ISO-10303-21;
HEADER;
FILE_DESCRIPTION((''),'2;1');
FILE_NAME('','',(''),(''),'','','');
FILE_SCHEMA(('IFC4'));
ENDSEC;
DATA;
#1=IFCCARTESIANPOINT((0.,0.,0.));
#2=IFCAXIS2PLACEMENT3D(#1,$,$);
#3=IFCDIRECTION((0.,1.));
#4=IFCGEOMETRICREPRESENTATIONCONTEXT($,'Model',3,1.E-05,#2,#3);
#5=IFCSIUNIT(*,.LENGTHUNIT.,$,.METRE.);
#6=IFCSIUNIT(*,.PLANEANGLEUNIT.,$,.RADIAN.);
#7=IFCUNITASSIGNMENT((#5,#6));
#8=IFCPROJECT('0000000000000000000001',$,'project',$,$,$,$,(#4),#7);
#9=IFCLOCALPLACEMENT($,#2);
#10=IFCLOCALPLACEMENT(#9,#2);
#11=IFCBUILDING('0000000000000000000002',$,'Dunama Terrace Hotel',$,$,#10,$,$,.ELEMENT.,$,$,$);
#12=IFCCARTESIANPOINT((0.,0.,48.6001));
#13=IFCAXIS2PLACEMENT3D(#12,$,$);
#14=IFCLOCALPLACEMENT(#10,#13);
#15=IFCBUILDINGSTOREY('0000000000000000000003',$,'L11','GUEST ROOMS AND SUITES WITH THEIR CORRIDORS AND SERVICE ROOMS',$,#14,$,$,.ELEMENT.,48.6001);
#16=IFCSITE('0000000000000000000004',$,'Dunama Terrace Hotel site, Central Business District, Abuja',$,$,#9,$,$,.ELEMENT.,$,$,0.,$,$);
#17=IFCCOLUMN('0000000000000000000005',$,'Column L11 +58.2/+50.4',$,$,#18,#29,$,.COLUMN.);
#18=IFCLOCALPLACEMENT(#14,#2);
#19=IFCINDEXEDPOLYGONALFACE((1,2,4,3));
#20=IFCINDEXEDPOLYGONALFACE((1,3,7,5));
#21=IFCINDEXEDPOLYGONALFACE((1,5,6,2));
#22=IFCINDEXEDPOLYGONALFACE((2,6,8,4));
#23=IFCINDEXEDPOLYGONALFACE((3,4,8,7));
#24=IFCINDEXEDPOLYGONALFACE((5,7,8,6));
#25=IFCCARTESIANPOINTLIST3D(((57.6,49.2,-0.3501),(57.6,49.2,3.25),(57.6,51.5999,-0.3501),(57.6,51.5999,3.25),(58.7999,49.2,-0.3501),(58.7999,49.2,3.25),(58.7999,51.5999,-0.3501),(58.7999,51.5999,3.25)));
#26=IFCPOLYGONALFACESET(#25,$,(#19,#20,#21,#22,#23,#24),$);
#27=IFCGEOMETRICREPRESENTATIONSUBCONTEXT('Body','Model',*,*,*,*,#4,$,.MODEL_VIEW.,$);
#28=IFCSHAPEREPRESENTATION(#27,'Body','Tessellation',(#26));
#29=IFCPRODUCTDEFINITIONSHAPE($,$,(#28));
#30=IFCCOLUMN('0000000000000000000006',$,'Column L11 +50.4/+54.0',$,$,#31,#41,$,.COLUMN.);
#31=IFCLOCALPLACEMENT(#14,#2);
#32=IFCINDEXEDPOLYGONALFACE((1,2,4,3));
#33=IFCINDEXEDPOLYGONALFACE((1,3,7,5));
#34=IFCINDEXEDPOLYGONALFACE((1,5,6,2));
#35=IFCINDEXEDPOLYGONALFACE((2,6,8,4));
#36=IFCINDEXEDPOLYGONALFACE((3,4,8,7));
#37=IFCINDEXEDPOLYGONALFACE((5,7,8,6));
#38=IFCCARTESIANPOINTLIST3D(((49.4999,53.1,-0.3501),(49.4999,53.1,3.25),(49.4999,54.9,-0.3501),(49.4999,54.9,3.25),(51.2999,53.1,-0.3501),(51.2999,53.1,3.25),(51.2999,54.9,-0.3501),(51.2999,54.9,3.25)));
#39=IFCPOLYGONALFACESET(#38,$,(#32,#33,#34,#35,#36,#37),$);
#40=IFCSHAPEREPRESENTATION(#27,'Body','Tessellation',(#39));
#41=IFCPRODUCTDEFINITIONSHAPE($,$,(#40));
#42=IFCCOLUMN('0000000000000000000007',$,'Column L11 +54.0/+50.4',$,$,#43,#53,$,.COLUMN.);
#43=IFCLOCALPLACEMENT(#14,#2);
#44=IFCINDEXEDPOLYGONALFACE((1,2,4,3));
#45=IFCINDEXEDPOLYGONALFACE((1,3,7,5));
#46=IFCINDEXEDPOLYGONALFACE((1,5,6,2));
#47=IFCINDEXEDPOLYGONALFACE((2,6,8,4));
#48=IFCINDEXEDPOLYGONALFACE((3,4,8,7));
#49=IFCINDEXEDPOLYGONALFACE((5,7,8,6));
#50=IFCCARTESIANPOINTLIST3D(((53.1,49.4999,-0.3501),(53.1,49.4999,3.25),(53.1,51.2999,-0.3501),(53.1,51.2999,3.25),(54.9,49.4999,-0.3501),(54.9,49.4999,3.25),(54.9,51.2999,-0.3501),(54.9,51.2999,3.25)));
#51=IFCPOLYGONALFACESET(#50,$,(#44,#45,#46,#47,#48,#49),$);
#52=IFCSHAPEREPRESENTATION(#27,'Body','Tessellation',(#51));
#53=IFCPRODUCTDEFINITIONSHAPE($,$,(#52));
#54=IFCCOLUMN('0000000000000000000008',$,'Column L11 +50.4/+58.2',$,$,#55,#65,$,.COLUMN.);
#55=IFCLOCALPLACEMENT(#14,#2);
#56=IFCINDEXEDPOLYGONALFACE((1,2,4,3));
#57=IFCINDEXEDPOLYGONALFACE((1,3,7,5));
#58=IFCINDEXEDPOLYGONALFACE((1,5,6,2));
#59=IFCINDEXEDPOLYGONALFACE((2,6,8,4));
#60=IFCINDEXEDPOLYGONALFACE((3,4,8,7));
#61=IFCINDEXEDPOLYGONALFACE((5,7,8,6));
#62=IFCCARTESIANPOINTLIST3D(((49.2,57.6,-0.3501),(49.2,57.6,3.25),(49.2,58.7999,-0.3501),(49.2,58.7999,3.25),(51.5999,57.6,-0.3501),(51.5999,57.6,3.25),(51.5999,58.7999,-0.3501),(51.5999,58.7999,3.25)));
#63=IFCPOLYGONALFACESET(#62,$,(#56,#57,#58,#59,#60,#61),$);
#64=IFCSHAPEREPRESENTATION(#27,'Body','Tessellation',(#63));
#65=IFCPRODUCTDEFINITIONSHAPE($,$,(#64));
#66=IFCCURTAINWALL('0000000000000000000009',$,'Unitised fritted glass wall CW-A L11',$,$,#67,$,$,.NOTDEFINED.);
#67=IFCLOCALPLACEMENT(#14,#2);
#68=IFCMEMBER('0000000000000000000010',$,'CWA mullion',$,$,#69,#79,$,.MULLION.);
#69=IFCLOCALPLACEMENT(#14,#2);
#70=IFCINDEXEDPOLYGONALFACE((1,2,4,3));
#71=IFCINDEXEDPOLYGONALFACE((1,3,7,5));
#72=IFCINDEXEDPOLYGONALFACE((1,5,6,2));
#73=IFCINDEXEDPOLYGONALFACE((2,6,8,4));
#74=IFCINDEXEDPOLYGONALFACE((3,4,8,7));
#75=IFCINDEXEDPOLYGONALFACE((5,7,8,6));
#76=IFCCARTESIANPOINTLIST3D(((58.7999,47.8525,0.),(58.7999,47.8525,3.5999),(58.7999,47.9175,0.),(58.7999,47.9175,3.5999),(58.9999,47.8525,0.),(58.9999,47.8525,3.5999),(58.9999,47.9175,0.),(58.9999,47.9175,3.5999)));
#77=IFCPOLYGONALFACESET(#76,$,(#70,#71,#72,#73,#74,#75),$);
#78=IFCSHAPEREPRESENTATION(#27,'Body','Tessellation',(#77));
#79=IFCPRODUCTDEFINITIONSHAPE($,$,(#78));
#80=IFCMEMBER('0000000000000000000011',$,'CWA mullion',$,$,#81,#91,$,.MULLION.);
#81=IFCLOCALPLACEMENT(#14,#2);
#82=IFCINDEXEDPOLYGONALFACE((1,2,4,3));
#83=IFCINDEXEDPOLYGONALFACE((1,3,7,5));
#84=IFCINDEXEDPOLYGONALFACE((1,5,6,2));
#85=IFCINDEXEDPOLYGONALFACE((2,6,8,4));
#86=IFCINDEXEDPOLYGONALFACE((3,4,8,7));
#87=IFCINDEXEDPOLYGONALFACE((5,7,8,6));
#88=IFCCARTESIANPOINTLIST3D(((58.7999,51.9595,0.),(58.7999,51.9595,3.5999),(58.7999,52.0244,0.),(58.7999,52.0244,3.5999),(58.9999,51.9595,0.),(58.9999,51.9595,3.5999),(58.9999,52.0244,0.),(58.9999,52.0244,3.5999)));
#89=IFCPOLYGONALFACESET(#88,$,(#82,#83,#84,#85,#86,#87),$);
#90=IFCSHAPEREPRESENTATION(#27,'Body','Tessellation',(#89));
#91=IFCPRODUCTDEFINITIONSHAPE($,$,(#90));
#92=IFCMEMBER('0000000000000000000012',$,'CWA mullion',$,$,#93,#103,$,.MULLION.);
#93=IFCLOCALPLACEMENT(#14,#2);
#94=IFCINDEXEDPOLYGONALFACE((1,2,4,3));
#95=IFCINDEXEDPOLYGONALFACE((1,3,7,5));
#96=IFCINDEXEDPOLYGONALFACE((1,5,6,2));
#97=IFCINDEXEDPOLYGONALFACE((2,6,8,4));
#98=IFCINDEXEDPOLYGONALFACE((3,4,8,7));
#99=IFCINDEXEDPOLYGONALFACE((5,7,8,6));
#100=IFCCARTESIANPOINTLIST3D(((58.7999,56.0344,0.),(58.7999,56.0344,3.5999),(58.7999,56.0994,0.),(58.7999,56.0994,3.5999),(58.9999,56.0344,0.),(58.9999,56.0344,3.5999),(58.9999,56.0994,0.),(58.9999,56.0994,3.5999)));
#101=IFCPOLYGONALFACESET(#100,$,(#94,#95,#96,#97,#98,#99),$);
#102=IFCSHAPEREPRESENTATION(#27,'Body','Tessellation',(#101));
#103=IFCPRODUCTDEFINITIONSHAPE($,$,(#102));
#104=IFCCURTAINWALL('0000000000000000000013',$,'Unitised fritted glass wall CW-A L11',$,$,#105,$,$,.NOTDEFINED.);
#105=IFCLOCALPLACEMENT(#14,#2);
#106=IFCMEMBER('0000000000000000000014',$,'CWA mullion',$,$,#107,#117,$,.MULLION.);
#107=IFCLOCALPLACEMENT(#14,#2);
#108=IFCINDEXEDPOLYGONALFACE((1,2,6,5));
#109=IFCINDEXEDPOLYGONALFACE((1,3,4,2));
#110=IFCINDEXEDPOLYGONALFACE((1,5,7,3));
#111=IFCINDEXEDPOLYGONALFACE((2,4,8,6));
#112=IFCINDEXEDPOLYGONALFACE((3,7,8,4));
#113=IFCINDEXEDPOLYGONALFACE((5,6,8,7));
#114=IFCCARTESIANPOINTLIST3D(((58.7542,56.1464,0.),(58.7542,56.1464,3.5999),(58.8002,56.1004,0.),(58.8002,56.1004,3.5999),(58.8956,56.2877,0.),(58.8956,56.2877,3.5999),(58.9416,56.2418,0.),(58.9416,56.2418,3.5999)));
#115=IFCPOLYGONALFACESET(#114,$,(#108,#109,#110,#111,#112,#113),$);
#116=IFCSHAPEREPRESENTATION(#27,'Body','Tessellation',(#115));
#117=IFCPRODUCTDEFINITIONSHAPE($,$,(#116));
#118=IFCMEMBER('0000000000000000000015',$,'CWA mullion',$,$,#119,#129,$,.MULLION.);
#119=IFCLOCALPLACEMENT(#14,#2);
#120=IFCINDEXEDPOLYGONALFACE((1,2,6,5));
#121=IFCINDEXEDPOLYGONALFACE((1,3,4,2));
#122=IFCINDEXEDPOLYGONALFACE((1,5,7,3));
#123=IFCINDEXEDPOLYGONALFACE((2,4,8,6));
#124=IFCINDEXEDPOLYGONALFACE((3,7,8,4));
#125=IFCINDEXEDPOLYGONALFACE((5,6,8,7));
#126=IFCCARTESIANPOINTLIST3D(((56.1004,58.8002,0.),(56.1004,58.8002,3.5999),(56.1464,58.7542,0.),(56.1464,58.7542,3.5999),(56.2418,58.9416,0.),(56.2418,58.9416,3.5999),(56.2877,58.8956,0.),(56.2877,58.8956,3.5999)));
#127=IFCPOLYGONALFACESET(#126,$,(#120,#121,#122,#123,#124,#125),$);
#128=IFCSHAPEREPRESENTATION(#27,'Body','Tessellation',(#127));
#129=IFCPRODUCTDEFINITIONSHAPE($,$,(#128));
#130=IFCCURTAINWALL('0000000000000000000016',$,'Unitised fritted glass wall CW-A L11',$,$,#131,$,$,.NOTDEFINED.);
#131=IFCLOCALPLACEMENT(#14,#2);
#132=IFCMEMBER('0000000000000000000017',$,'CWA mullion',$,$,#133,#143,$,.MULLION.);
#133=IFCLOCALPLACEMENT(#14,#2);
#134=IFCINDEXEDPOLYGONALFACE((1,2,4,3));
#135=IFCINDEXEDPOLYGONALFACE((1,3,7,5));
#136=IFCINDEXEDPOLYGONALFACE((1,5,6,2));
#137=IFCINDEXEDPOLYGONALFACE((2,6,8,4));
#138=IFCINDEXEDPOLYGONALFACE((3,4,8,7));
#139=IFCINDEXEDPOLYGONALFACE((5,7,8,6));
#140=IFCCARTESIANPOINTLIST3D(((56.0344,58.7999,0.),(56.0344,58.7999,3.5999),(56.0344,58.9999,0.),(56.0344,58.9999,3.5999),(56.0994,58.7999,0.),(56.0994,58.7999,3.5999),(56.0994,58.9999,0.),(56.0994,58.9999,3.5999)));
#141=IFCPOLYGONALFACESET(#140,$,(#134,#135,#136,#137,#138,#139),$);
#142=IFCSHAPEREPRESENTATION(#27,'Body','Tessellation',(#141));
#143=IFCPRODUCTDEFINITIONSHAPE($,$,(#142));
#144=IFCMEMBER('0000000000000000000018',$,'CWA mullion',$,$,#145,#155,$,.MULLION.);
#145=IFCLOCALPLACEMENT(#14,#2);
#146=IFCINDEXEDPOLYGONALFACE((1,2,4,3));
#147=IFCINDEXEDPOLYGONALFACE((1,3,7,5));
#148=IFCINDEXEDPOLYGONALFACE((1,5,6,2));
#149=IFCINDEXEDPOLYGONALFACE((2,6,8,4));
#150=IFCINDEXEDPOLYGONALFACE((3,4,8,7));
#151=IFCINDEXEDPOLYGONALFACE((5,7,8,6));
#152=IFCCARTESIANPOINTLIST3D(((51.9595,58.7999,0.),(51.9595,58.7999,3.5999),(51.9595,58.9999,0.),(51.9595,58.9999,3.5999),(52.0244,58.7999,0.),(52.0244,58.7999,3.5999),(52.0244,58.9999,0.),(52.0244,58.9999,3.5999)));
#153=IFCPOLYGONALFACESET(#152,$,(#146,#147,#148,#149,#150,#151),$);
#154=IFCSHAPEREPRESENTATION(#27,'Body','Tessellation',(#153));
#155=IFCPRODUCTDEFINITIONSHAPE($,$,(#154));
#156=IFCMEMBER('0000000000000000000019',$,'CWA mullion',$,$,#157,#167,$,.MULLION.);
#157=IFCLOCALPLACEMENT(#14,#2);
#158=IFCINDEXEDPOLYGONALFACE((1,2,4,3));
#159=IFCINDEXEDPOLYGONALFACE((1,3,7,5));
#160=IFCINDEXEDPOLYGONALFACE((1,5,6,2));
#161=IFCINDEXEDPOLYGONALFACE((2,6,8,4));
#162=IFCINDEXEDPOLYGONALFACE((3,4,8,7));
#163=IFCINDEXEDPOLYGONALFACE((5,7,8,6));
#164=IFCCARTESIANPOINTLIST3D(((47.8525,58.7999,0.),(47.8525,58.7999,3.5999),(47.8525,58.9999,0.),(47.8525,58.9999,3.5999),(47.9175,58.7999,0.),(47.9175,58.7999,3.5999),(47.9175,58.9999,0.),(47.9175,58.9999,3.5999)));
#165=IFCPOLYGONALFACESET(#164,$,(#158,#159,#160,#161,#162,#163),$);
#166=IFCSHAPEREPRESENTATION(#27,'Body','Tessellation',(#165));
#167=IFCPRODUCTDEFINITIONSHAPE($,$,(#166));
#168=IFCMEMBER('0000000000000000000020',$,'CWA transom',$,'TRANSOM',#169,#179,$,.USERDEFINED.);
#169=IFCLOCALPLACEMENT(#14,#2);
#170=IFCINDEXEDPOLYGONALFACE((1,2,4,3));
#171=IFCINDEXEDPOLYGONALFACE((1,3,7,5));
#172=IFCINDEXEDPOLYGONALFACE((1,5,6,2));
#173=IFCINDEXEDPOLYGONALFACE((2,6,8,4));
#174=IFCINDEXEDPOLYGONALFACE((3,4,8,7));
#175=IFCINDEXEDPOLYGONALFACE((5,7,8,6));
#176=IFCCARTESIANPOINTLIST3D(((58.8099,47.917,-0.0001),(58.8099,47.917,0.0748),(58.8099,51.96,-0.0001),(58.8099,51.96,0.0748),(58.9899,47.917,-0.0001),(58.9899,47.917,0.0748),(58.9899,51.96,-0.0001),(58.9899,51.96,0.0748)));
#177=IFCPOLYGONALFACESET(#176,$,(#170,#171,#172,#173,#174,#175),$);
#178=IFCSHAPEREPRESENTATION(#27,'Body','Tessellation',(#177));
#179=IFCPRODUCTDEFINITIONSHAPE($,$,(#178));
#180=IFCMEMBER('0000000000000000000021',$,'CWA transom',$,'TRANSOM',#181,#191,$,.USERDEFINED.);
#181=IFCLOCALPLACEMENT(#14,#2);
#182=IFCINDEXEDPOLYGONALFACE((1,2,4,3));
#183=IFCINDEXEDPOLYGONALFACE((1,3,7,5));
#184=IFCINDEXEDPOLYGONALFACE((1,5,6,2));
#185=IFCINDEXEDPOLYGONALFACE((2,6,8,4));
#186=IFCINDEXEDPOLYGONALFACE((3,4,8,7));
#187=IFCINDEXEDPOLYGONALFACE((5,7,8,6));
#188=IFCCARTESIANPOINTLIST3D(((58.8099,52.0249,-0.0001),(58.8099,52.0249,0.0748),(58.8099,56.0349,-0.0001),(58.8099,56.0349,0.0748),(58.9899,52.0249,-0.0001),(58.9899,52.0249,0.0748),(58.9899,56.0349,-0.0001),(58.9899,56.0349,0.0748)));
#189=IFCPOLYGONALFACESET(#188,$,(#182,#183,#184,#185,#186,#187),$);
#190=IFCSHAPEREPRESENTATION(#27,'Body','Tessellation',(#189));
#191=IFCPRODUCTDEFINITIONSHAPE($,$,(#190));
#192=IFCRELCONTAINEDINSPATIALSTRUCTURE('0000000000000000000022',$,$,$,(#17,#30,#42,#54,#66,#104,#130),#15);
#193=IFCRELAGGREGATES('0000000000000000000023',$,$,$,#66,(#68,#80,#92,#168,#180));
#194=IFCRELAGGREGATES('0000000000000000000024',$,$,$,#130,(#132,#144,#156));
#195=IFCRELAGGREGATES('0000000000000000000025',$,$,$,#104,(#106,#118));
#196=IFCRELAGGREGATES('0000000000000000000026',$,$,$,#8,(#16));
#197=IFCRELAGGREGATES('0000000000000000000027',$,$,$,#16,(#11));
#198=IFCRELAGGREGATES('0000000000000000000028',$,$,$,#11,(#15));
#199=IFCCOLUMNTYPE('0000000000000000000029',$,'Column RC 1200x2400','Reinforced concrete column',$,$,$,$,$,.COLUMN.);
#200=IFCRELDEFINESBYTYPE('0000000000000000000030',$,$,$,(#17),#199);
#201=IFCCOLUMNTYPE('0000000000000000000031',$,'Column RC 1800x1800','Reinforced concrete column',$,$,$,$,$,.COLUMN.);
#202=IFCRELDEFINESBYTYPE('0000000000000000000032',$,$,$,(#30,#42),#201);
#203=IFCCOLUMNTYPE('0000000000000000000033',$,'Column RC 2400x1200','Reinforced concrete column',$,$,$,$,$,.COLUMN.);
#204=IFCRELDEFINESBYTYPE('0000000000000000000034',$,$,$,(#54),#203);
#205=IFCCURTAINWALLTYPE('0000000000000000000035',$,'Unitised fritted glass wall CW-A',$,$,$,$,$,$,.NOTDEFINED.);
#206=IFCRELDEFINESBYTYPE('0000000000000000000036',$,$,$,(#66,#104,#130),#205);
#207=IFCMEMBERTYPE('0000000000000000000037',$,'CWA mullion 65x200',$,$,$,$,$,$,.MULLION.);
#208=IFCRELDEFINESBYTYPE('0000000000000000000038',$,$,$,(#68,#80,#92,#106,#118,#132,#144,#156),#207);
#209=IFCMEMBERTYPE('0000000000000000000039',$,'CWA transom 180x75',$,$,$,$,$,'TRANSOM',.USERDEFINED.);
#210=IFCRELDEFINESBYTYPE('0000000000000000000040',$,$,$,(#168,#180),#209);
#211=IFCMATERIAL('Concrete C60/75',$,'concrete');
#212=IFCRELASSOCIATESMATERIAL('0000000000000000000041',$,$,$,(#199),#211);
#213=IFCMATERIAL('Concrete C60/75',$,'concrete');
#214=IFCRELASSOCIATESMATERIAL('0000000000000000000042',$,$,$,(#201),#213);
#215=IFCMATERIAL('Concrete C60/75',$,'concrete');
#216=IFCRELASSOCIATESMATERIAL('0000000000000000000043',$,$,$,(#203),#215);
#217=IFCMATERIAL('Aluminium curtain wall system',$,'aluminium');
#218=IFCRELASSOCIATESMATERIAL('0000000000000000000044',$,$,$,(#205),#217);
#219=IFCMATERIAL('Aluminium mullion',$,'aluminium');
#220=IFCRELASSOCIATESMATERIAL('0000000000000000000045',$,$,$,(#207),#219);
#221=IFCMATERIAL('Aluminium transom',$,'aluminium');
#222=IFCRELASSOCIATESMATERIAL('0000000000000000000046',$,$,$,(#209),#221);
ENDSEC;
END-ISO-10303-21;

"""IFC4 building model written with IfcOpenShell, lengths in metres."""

from ifc_helpers import new_model, si_unit, direction, frame, origin, origin_2d, place, context, subcontext, project, spatial, rectangle, extrude, material, material_profile, profile_set, type_object, element, aggregate, save


model = new_model("IFC4")

# Units and contexts
model_context = context("Model", 3, precision=1e-05, world=origin(), true_north=direction((0.0, 1.0)))
body_context = subcontext(model_context, "Body", "Model", "MODEL_VIEW")
ifc_project = project(units=[si_unit("LENGTHUNIT", "METRE"), si_unit("PLANEANGLEUNIT", "RADIAN")], contexts=[model_context])

# Site, building, storey
site_placement = place(None, origin())
site = spatial("IfcSite", under=ifc_project, at=site_placement, Name="Dunama Terrace Hotel site, Central Business District, Abuja", CompositionType="ELEMENT", RefElevation=0.0)
building_placement = place(site_placement, origin())
building = spatial("IfcBuilding", under=site, at=building_placement, Name="Dunama Terrace Hotel", CompositionType="ELEMENT")
storey_placement = place(building_placement, frame((0.0, 0.0, 48.6001)))
storey = spatial("IfcBuildingStorey", under=building, at=storey_placement, Name="L11", Description="GUEST ROOMS AND SUITES WITH THEIR CORRIDORS AND SERVICE ROOMS", CompositionType="ELEMENT", Elevation=48.6001)

# Columns
ifc_material_1 = material(Name="Concrete C60/75", Category="concrete")
ifc_material_profile_1 = material_profile(ifc_material_1, rectangle(XDim=1.2, YDim=2.3999, at=origin_2d()), Name="RC 1200x2400")
ifc_profile_set_1 = profile_set([ifc_material_profile_1], Name="Concrete C60/75")
column_type_1 = type_object("IfcColumnType", Name="Column RC 1200x2400", Description="Reinforced concrete column", PredefinedType="COLUMN", material=ifc_profile_set_1)
column_1_placement = place(storey_placement, frame((58.2, 50.3999, -0.3501), z_axis=(0.0, 0.0, 1.0), x_axis=(1.0, 0.0, 0.0)))
element("IfcColumn", 1, at=column_1_placement, inside=storey, type_object=column_type_1, Name="Column L11 +58.2/+50.4", PredefinedType="COLUMN", context=body_context, shape_type="SweptSolid", body=[
    extrude(rectangle(XDim=1.2, YDim=2.3999, at=origin_2d()), origin(), (0.0, 0.0, 1.0), 3.6001),
])
ifc_material_2 = material(Name="Concrete C60/75", Category="concrete")
ifc_material_profile_2 = material_profile(ifc_material_2, rectangle(XDim=1.8, YDim=1.8, at=origin_2d()), Name="RC 1800x1800")
ifc_profile_set_2 = profile_set([ifc_material_profile_2], Name="Concrete C60/75")
column_type_2 = type_object("IfcColumnType", Name="Column RC 1800x1800", Description="Reinforced concrete column", PredefinedType="COLUMN", material=ifc_profile_set_2)
for number, where, z_axis, x_axis, name in (
    (2, (50.3999, 54.0, -0.3501), (0.0, 0.0, 1.0), (1.0, 0.0, 0.0), "Column L11 +50.4/+54.0"),
    (3, (54.0, 50.3999, -0.3501), (0.0, 0.0, 1.0), (1.0, 0.0, 0.0), "Column L11 +54.0/+50.4"),
):
    element("IfcColumn", number, at=place(storey_placement, frame(where, z_axis=z_axis, x_axis=x_axis)), inside=storey, type_object=column_type_2, Name=name, PredefinedType="COLUMN", context=body_context, shape_type="SweptSolid", body=[
        extrude(rectangle(XDim=1.8, YDim=1.8, at=origin_2d()), origin(), (0.0, 0.0, 1.0), 3.6001),
    ])
ifc_material_3 = material(Name="Concrete C60/75", Category="concrete")
ifc_material_profile_3 = material_profile(ifc_material_3, rectangle(XDim=2.3999, YDim=1.2, at=origin_2d()), Name="RC 2400x1200")
ifc_profile_set_3 = profile_set([ifc_material_profile_3], Name="Concrete C60/75")
column_type_3 = type_object("IfcColumnType", Name="Column RC 2400x1200", Description="Reinforced concrete column", PredefinedType="COLUMN", material=ifc_profile_set_3)
column_2_placement = place(storey_placement, frame((50.3999, 58.2, -0.3501), z_axis=(0.0, 0.0, 1.0), x_axis=(1.0, 0.0, 0.0)))
element("IfcColumn", 4, at=column_2_placement, inside=storey, type_object=column_type_3, Name="Column L11 +50.4/+58.2", PredefinedType="COLUMN", context=body_context, shape_type="SweptSolid", body=[
    extrude(rectangle(XDim=2.3999, YDim=1.2, at=origin_2d()), origin(), (0.0, 0.0, 1.0), 3.6001),
])

# Curtain walls, members
ifc_material_4 = material(Name="Aluminium curtain wall system", Category="aluminium")
curtain_wall_type = type_object("IfcCurtainWallType", Name="Unitised fritted glass wall CW-A", PredefinedType="NOTDEFINED", material=ifc_material_4)
curtain_wall_1_placement = place(storey_placement, origin())
curtain_wall_1 = element("IfcCurtainWall", 5, at=curtain_wall_1_placement, inside=storey, type_object=curtain_wall_type, Name="Unitised fritted glass wall CW-A L11", PredefinedType="NOTDEFINED")
ifc_material_5 = material(Name="Aluminium mullion", Category="aluminium")
ifc_material_profile_4 = material_profile(ifc_material_5, rectangle(XDim=0.0649, YDim=0.2, at=origin_2d()), Name="CWA MULLION 65X200")
ifc_profile_set_4 = profile_set([ifc_material_profile_4], Name="Aluminium mullion")
member_type_1 = type_object("IfcMemberType", Name="CWA mullion 65x200", PredefinedType="MULLION", material=ifc_profile_set_4)
member_1_placement = place(storey_placement, frame((58.8999, 47.885, 0.0), z_axis=(0.0, 0.0, 1.0), x_axis=(0.0, 1.0, 0.0)))
member_1 = element("IfcMember", 6, at=member_1_placement, type_object=member_type_1, Name="CWA mullion", PredefinedType="MULLION", context=body_context, shape_type="SweptSolid", body=[
    extrude(rectangle(XDim=0.0649, YDim=0.2, at=origin_2d()), origin(), (0.0, 0.0, 1.0), 3.5999),
])
member_2_placement = place(storey_placement, frame((58.8999, 51.9919, 0.0), z_axis=(0.0, 0.0, 1.0), x_axis=(0.0, 1.0, 0.0)))
member_2 = element("IfcMember", 7, at=member_2_placement, type_object=member_type_1, Name="CWA mullion", PredefinedType="MULLION", context=body_context, shape_type="SweptSolid", body=[
    extrude(rectangle(XDim=0.0649, YDim=0.2, at=origin_2d()), origin(), (0.0, 0.0, 1.0), 3.5999),
])
member_3_placement = place(storey_placement, frame((58.8999, 56.0669, 0.0), z_axis=(0.0, 0.0, 1.0), x_axis=(0.0, 1.0, 0.0)))
member_3 = element("IfcMember", 8, at=member_3_placement, type_object=member_type_1, Name="CWA mullion", PredefinedType="MULLION", context=body_context, shape_type="SweptSolid", body=[
    extrude(rectangle(XDim=0.0649, YDim=0.2, at=origin_2d()), origin(), (0.0, 0.0, 1.0), 3.5999),
])
curtain_wall_2_placement = place(storey_placement, origin())
curtain_wall_2 = element("IfcCurtainWall", 9, at=curtain_wall_2_placement, inside=storey, type_object=curtain_wall_type, Name="Unitised fritted glass wall CW-A L11", PredefinedType="NOTDEFINED")
member_4_placement = place(storey_placement, frame((58.8479, 56.1941, 0.0), z_axis=(0.0, 0.0, 1.0), x_axis=(-0.707107, 0.707107, 0.0)))
member_4 = element("IfcMember", 10, at=member_4_placement, type_object=member_type_1, Name="CWA mullion", PredefinedType="MULLION", context=body_context, shape_type="SweptSolid", body=[
    extrude(rectangle(XDim=0.0649, YDim=0.2, at=origin_2d()), origin(), (0.0, 0.0, 1.0), 3.5999),
])
member_5_placement = place(storey_placement, frame((56.1941, 58.8479, 0.0), z_axis=(0.0, 0.0, 1.0), x_axis=(-0.707107, 0.707107, 0.0)))
member_5 = element("IfcMember", 11, at=member_5_placement, type_object=member_type_1, Name="CWA mullion", PredefinedType="MULLION", context=body_context, shape_type="SweptSolid", body=[
    extrude(rectangle(XDim=0.0649, YDim=0.2, at=origin_2d()), origin(), (0.0, 0.0, 1.0), 3.5999),
])
curtain_wall_3_placement = place(storey_placement, origin())
curtain_wall_3 = element("IfcCurtainWall", 12, at=curtain_wall_3_placement, inside=storey, type_object=curtain_wall_type, Name="Unitised fritted glass wall CW-A L11", PredefinedType="NOTDEFINED")
member_6_placement = place(storey_placement, frame((56.0669, 58.8999, 0.0), z_axis=(0.0, 0.0, 1.0), x_axis=(-1.0, 0.0, 0.0)))
member_6 = element("IfcMember", 13, at=member_6_placement, type_object=member_type_1, Name="CWA mullion", PredefinedType="MULLION", context=body_context, shape_type="SweptSolid", body=[
    extrude(rectangle(XDim=0.0649, YDim=0.2, at=origin_2d()), origin(), (0.0, 0.0, 1.0), 3.5999),
])
member_7_placement = place(storey_placement, frame((51.9919, 58.8999, 0.0), z_axis=(0.0, 0.0, 1.0), x_axis=(-1.0, 0.0, 0.0)))
member_7 = element("IfcMember", 14, at=member_7_placement, type_object=member_type_1, Name="CWA mullion", PredefinedType="MULLION", context=body_context, shape_type="SweptSolid", body=[
    extrude(rectangle(XDim=0.0649, YDim=0.2, at=origin_2d()), origin(), (0.0, 0.0, 1.0), 3.5999),
])
member_8_placement = place(storey_placement, frame((47.885, 58.8999, 0.0), z_axis=(0.0, 0.0, 1.0), x_axis=(-1.0, 0.0, 0.0)))
member_8 = element("IfcMember", 15, at=member_8_placement, type_object=member_type_1, Name="CWA mullion", PredefinedType="MULLION", context=body_context, shape_type="SweptSolid", body=[
    extrude(rectangle(XDim=0.0649, YDim=0.2, at=origin_2d()), origin(), (0.0, 0.0, 1.0), 3.5999),
])

# Members
ifc_material_6 = material(Name="Aluminium transom", Category="aluminium")
ifc_material_profile_5 = material_profile(ifc_material_6, rectangle(XDim=0.1799, YDim=0.075, at=origin_2d()), Name="CWA TRANSOM 180X75")
ifc_profile_set_5 = profile_set([ifc_material_profile_5], Name="Aluminium transom")
member_type_2 = type_object("IfcMemberType", Name="CWA transom 180x75", ElementType="TRANSOM", PredefinedType="USERDEFINED", material=ifc_profile_set_5)
member_9_placement = place(storey_placement, frame((58.8999, 47.917, 0.0374), z_axis=(0.0, 1.0, 0.0), x_axis=(-1.0, 0.0, 0.0)))
member_9 = element("IfcMember", 16, at=member_9_placement, type_object=member_type_2, Name="CWA transom", ObjectType="TRANSOM", PredefinedType="USERDEFINED", context=body_context, shape_type="SweptSolid", body=[
    extrude(rectangle(XDim=0.1799, YDim=0.075, at=origin_2d()), origin(), (0.0, 0.0, 1.0), 4.043),
])
member_10_placement = place(storey_placement, frame((58.8999, 52.0249, 0.0374), z_axis=(0.0, 1.0, 0.0), x_axis=(-1.0, 0.0, 0.0)))
member_10 = element("IfcMember", 17, at=member_10_placement, type_object=member_type_2, Name="CWA transom", ObjectType="TRANSOM", PredefinedType="USERDEFINED", context=body_context, shape_type="SweptSolid", body=[
    extrude(rectangle(XDim=0.1799, YDim=0.075, at=origin_2d()), origin(), (0.0, 0.0, 1.0), 4.01),
])

aggregate(curtain_wall_1, [member_1, member_2, member_3, member_9, member_10])
aggregate(curtain_wall_3, [member_6, member_7, member_8])
aggregate(curtain_wall_2, [member_4, member_5])

save(model, "model.ifc")
